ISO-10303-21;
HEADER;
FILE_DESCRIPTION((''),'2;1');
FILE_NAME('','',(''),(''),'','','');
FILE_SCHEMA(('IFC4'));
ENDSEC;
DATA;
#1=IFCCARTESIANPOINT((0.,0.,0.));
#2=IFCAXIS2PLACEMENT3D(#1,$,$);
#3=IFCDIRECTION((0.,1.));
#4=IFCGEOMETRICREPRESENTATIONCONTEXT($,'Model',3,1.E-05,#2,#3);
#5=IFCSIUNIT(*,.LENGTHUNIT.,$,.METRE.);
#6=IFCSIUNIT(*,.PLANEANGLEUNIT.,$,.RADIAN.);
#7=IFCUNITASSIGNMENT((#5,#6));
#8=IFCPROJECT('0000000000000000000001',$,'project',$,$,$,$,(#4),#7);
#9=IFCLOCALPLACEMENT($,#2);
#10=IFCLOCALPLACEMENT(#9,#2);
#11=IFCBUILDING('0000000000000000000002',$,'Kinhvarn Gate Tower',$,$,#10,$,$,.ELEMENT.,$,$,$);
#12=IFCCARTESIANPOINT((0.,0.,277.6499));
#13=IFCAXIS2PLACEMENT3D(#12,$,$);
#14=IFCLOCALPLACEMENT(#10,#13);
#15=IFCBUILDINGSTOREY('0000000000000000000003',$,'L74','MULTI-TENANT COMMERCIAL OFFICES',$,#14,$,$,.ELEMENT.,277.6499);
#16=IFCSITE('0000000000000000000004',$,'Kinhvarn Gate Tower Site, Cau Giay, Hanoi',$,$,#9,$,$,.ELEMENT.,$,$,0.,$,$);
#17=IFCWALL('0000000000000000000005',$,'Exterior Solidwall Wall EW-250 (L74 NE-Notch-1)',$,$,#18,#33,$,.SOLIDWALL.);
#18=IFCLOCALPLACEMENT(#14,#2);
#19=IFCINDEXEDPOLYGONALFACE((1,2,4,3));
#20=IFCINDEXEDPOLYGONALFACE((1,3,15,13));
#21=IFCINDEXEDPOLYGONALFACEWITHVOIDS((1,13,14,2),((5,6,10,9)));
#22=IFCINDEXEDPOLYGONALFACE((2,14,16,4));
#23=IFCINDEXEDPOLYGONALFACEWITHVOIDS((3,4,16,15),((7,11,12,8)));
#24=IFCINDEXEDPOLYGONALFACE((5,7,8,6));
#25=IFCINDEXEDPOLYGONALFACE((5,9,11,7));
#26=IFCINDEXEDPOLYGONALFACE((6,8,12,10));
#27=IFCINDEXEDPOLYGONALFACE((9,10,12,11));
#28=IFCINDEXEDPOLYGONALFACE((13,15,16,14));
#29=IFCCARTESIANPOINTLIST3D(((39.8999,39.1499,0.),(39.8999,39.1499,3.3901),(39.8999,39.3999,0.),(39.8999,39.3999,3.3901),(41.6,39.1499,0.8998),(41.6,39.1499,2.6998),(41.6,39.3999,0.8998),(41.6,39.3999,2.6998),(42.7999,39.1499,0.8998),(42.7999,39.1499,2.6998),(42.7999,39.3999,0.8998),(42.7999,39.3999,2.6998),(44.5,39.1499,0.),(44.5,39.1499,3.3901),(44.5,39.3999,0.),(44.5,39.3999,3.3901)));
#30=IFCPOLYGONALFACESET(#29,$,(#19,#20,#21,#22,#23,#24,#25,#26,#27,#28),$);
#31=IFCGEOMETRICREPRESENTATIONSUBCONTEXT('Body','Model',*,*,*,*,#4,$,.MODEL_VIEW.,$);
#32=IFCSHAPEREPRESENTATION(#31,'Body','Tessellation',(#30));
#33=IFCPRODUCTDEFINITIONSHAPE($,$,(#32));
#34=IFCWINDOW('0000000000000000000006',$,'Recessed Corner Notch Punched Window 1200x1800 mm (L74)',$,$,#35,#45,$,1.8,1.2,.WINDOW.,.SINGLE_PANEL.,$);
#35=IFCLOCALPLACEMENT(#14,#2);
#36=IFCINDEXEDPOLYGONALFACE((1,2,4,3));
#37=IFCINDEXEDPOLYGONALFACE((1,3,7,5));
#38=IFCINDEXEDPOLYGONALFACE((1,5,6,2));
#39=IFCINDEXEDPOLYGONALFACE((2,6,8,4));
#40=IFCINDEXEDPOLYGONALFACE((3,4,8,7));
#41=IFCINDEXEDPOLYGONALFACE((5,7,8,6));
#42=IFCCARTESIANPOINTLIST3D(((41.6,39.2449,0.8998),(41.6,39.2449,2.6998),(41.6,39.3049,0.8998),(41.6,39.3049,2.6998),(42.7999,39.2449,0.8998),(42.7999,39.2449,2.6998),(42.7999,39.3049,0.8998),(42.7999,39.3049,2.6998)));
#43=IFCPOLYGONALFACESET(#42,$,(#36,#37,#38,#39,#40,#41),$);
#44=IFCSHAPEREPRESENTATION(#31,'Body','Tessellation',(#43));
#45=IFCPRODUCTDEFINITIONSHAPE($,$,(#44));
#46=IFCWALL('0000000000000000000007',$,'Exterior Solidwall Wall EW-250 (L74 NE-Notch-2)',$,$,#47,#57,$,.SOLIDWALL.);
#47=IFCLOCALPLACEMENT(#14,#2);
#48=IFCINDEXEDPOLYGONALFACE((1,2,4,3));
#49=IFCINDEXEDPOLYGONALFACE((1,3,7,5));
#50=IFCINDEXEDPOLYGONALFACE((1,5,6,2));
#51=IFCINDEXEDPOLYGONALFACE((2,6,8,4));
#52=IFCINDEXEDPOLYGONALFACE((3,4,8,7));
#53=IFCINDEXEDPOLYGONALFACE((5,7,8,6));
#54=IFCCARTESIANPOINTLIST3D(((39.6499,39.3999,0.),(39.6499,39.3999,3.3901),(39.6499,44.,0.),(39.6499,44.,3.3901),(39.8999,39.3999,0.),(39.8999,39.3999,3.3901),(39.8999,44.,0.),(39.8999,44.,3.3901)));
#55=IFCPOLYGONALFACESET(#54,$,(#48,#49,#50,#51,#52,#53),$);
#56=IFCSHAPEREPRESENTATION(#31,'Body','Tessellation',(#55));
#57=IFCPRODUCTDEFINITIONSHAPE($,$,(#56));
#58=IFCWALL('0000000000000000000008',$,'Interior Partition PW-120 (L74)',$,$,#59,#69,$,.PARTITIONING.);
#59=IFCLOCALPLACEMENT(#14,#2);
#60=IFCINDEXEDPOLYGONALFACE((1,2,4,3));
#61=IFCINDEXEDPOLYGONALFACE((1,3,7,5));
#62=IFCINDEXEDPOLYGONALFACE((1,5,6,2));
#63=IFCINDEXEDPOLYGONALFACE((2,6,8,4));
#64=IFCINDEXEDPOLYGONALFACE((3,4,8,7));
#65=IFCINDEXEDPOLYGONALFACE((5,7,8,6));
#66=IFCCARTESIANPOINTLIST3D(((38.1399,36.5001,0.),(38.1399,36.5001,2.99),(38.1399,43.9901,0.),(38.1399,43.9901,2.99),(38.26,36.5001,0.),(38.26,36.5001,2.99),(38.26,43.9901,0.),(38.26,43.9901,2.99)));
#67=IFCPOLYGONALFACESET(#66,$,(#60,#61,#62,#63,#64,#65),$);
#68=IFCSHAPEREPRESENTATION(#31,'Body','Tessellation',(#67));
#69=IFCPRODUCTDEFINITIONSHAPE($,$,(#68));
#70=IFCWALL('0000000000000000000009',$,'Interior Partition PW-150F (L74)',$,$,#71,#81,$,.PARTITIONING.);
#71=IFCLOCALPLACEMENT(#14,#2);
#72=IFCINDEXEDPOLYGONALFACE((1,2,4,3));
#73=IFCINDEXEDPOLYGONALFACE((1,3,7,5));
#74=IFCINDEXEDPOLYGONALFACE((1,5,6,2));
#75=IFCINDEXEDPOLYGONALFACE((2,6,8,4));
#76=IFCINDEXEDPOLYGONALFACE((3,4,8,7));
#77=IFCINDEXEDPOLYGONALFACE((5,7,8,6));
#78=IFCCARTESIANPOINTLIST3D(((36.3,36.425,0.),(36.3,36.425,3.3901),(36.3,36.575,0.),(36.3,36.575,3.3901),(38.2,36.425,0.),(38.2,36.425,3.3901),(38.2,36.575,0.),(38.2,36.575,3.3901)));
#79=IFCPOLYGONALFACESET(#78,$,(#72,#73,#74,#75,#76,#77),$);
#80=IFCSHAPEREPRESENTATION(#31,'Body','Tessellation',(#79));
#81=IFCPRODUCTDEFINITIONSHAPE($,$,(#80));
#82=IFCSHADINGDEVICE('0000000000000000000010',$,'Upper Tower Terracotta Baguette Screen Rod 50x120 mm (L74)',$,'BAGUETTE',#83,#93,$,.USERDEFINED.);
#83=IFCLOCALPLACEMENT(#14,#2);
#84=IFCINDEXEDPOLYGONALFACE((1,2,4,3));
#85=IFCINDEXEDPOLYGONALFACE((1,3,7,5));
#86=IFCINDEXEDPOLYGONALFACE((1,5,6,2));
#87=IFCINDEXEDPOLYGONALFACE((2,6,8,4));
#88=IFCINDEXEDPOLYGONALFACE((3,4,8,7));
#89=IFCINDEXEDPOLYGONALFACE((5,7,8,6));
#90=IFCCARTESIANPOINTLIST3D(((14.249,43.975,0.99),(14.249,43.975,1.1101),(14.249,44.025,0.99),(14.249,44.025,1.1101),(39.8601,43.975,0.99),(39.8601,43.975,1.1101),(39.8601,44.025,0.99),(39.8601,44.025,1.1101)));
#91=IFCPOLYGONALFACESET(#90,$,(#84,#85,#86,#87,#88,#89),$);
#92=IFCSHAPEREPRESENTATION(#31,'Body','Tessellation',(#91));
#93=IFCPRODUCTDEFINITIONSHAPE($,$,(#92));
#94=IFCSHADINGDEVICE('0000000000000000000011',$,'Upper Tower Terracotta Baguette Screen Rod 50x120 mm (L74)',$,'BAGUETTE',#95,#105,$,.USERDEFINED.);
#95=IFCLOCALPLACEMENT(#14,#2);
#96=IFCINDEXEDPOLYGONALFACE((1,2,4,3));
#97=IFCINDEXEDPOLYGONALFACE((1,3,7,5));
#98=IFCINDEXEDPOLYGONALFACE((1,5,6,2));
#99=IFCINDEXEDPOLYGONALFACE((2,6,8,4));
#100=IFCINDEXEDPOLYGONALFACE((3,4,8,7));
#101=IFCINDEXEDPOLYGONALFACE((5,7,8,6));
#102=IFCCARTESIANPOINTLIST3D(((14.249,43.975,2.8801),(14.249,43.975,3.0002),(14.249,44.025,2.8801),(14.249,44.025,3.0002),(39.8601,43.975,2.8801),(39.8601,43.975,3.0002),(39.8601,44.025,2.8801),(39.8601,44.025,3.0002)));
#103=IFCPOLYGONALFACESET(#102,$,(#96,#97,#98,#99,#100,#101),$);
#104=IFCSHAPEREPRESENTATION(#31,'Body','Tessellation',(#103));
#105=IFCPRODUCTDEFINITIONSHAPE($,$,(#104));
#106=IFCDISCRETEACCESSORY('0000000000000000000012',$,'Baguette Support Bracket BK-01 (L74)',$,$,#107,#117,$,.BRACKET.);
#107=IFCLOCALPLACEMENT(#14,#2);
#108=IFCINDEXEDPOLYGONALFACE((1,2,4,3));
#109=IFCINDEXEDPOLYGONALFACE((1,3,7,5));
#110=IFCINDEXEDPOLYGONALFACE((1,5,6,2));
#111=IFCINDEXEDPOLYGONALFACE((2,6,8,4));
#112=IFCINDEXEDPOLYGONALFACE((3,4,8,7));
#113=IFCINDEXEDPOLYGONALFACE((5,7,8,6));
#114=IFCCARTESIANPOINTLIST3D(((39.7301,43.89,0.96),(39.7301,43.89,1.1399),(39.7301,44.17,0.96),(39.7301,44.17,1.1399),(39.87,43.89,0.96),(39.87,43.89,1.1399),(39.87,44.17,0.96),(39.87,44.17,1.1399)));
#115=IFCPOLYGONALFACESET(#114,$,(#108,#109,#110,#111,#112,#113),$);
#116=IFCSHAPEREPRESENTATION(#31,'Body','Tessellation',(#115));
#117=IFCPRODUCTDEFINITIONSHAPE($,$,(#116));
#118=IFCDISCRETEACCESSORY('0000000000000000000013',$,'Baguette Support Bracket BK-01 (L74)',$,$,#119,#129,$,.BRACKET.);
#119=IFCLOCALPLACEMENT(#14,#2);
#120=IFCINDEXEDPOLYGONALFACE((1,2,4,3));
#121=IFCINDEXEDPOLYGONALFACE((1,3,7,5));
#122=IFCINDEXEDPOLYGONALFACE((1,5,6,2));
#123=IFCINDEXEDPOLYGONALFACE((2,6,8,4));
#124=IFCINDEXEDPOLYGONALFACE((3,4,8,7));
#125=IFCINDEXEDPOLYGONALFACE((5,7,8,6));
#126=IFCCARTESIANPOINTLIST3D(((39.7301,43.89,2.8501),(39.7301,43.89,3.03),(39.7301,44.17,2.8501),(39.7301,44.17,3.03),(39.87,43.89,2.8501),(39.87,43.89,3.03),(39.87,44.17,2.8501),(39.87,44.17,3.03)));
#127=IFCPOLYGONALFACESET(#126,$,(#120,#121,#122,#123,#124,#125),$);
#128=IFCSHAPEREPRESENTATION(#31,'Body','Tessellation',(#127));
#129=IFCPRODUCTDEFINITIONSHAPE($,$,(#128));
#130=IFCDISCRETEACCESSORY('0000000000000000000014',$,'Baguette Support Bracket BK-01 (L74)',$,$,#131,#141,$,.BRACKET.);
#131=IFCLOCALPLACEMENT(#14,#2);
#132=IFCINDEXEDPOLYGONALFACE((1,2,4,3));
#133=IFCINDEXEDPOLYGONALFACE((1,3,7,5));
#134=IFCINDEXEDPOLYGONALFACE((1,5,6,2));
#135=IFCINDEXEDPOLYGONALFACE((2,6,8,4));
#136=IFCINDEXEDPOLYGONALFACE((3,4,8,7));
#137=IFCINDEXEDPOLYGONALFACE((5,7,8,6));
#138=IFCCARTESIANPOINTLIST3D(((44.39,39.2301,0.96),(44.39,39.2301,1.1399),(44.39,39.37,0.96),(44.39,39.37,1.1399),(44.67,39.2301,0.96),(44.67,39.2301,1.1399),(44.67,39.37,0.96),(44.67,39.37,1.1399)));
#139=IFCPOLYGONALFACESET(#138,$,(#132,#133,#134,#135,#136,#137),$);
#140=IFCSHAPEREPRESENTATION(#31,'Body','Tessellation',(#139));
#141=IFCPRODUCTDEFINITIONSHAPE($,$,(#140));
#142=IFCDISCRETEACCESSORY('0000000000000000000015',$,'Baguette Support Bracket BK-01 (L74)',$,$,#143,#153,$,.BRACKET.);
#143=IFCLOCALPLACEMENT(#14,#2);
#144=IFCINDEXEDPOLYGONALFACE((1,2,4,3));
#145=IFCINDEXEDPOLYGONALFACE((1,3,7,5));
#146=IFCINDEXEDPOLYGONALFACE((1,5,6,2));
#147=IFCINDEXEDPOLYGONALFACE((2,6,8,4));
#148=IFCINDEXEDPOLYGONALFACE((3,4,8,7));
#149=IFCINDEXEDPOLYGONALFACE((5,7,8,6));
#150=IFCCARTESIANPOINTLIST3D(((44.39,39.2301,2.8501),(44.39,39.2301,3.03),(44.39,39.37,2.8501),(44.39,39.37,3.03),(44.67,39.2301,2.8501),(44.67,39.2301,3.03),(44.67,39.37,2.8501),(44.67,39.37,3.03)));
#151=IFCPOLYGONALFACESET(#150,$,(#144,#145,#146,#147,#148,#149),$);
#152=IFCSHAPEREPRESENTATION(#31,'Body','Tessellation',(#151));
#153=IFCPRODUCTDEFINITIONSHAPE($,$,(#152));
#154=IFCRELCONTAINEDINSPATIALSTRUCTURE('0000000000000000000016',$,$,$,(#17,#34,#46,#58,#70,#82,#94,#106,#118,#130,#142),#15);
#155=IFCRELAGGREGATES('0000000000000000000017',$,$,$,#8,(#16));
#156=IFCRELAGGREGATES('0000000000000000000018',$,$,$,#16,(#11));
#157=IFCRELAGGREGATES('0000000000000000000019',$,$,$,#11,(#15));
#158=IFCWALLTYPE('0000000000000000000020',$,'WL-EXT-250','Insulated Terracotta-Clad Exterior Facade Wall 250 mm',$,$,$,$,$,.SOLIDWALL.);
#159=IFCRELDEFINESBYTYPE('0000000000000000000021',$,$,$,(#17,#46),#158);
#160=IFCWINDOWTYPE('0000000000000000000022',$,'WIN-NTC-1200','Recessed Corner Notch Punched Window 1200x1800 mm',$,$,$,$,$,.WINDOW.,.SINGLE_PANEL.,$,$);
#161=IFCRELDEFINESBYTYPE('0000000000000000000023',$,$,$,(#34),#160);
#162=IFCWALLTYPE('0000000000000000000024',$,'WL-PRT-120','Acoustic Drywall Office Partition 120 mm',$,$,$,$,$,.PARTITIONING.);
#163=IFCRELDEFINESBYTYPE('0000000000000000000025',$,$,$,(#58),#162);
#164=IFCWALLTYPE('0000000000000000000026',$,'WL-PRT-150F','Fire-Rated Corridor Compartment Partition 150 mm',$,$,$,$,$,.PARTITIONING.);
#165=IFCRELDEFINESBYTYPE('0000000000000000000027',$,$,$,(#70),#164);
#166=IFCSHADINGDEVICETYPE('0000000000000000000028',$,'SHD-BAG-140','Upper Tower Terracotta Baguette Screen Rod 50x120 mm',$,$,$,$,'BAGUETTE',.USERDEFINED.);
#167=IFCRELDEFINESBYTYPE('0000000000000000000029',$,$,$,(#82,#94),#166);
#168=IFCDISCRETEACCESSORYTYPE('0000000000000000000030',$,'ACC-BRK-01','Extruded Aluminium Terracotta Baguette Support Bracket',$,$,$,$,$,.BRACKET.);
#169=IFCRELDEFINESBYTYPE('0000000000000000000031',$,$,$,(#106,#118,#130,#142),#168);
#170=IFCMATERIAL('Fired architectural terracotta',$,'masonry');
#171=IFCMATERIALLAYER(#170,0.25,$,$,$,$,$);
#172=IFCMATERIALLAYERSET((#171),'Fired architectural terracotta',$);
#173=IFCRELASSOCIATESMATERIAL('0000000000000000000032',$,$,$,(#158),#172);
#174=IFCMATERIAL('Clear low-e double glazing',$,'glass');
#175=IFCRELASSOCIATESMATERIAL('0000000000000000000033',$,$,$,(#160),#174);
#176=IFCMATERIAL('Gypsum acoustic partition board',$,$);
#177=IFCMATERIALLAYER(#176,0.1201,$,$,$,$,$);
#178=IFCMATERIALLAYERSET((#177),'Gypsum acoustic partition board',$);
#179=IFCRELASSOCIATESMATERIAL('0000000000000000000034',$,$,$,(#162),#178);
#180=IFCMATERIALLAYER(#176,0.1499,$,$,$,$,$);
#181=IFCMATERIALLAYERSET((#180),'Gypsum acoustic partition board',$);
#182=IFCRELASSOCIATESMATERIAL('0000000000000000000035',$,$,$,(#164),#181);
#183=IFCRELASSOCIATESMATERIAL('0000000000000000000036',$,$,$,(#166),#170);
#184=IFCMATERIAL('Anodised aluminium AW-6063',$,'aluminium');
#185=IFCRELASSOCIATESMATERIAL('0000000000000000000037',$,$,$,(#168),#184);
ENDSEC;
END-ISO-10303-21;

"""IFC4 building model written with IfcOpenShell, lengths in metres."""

from ifc_helpers import new_model, si_unit, direction, frame, frame_2d, origin, origin_2d, place, context, subcontext, project, spatial, rectangle, extrude, material, layer, layer_set, material_profile, profile_set, type_object, element, fill, save


model = new_model("IFC4")

# Units and contexts
model_context = context("Model", 3, precision=1e-05, world=origin(), true_north=direction((0.0, 1.0)))
body_context = subcontext(model_context, "Body", "Model", "MODEL_VIEW")
ifc_project = project(units=[si_unit("LENGTHUNIT", "METRE"), si_unit("PLANEANGLEUNIT", "RADIAN")], contexts=[model_context])

# Site, building, storey
site_placement = place(None, origin())
site = spatial("IfcSite", under=ifc_project, at=site_placement, Name="Kinhvarn Gate Tower Site, Cau Giay, Hanoi", CompositionType="ELEMENT", RefElevation=0.0)
building_placement = place(site_placement, origin())
building = spatial("IfcBuilding", under=site, at=building_placement, Name="Kinhvarn Gate Tower", CompositionType="ELEMENT")
storey_placement = place(building_placement, frame((0.0, 0.0, 277.6499)))
storey = spatial("IfcBuildingStorey", under=building, at=storey_placement, Name="L74", Description="MULTI-TENANT COMMERCIAL OFFICES", CompositionType="ELEMENT", Elevation=277.6499)

# Shared definitions
ifc_material_1 = material(Name="Anodised aluminium AW-6063", Category="aluminium")

# Shared definitions
ifc_material_2 = material(Name="Clear low-e double glazing", Category="glass")

# Wall, opening, window
ifc_material_3 = material(Name="Fired architectural terracotta", Category="masonry")
ifc_layer_1 = layer(ifc_material_3, 0.25)
ifc_layer_set_1 = layer_set([ifc_layer_1], Name="Fired architectural terracotta")
wall_type_1 = type_object("IfcWallType", Name="WL-EXT-250", Description="Insulated Terracotta-Clad Exterior Facade Wall 250 mm", PredefinedType="SOLIDWALL", material=ifc_layer_set_1)
wall_1_placement = place(storey_placement, frame((44.5, 39.2749, 0.0), z_axis=(0.0, 0.0, 1.0), x_axis=(-1.0, 0.0, 0.0)))
wall_1 = element("IfcWall", 1, at=wall_1_placement, inside=storey, type_object=wall_type_1, Name="Exterior Solidwall Wall EW-250 (L74 NE-Notch-1)", PredefinedType="SOLIDWALL", context=body_context, shape_type="SweptSolid", body=[
    extrude(rectangle(XDim=4.6001, YDim=0.25, at=frame_2d((2.3, 0.0))), origin(), (0.0, 0.0, 1.0), 3.3901),
])
opening_placement = place(wall_1_placement, frame((1.7, 0.0, 0.8999)))
opening = element("IfcOpeningElement", 2, at=opening_placement, cuts=wall_1, PredefinedType="OPENING", context=body_context, shape_type="SweptSolid", body=[
    extrude(rectangle(XDim=1.2, YDim=1.8, at=frame_2d((0.6001, 0.8999))), frame((0.0, 0.135, 0.0), z_axis=(0.0, -1.0, 0.0), x_axis=(1.0, 0.0, 0.0)), (0.0, 0.0, 1.0), 0.27),
])
window_type = type_object("IfcWindowType", Name="WIN-NTC-1200", Description="Recessed Corner Notch Punched Window 1200x1800 mm", PartitioningType="SINGLE_PANEL", PredefinedType="WINDOW", material=ifc_material_2)
window_placement = place(opening_placement, origin())
window = element("IfcWindow", 3, at=window_placement, inside=storey, type_object=window_type, Name="Recessed Corner Notch Punched Window 1200x1800 mm (L74)", OverallHeight=1.8, OverallWidth=1.2, PartitioningType="SINGLE_PANEL", PredefinedType="WINDOW", context=body_context, shape_type="SweptSolid", body=[
    extrude(rectangle(XDim=1.2, YDim=1.8, at=frame_2d((0.6001, 0.8999))), frame((0.0, 0.03, 0.0), z_axis=(0.0, -1.0, 0.0), x_axis=(1.0, 0.0, 0.0)), (0.0, 0.0, 1.0), 0.0601),
])
fill(opening, window)

# Walls
wall_2_placement = place(storey_placement, frame((39.7749, 39.3999, 0.0), z_axis=(0.0, 0.0, 1.0), x_axis=(0.0, 1.0, 0.0)))
element("IfcWall", 4, at=wall_2_placement, inside=storey, type_object=wall_type_1, Name="Exterior Solidwall Wall EW-250 (L74 NE-Notch-2)", PredefinedType="SOLIDWALL", context=body_context, shape_type="SweptSolid", body=[
    extrude(rectangle(XDim=4.6001, YDim=0.25, at=frame_2d((2.3, 0.0))), origin(), (0.0, 0.0, 1.0), 3.3901),
])
ifc_material_4 = material(Name="Gypsum acoustic partition board")
ifc_layer_2 = layer(ifc_material_4, 0.1201)
ifc_layer_set_2 = layer_set([ifc_layer_2], Name="Gypsum acoustic partition board")
wall_type_2 = type_object("IfcWallType", Name="WL-PRT-120", Description="Acoustic Drywall Office Partition 120 mm", PredefinedType="PARTITIONING", material=ifc_layer_set_2)
wall_3_placement = place(storey_placement, frame((38.2, 36.5, 0.0), z_axis=(0.0, 0.0, 1.0), x_axis=(0.0, 1.0, 0.0)))
element("IfcWall", 5, at=wall_3_placement, inside=storey, type_object=wall_type_2, Name="Interior Partition PW-120 (L74)", PredefinedType="PARTITIONING", context=body_context, shape_type="SweptSolid", body=[
    extrude(rectangle(XDim=7.49, YDim=0.1201, at=frame_2d((3.7451, 0.0))), origin(), (0.0, 0.0, 1.0), 2.99),
])
ifc_layer_3 = layer(ifc_material_4, 0.1499)
ifc_layer_set_3 = layer_set([ifc_layer_3], Name="Gypsum acoustic partition board")
wall_type_3 = type_object("IfcWallType", Name="WL-PRT-150F", Description="Fire-Rated Corridor Compartment Partition 150 mm", PredefinedType="PARTITIONING", material=ifc_layer_set_3)
wall_4_placement = place(storey_placement, frame((36.3, 36.5, 0.0), z_axis=(0.0, 0.0, 1.0), x_axis=(1.0, 0.0, 0.0)))
element("IfcWall", 6, at=wall_4_placement, inside=storey, type_object=wall_type_3, Name="Interior Partition PW-150F (L74)", PredefinedType="PARTITIONING", context=body_context, shape_type="SweptSolid", body=[
    extrude(rectangle(XDim=1.8999, YDim=0.1499, at=frame_2d((0.95, 0.0))), origin(), (0.0, 0.0, 1.0), 3.3901),
])

# Shading devices
ifc_material_profile_1 = material_profile(ifc_material_3, rectangle(XDim=0.05, YDim=0.1201, at=origin_2d()), Name="TC 50x120")
ifc_profile_set_1 = profile_set([ifc_material_profile_1], Name="Fired architectural terracotta")
shading_device_type = type_object("IfcShadingDeviceType", Name="SHD-BAG-140", Description="Upper Tower Terracotta Baguette Screen Rod 50x120 mm", ElementType="BAGUETTE", PredefinedType="USERDEFINED", material=ifc_profile_set_1)
for number, where, z_axis, x_axis, name in (
    (7, (39.8601, 44.0, 1.05), (-1.0, 0.0, 0.0), (0.0, -1.0, 0.0), "Upper Tower Terracotta Baguette Screen Rod 50x120 mm (L74)"),
    (8, (39.8601, 44.0, 2.9402), (-1.0, 0.0, 0.0), (0.0, -1.0, 0.0), "Upper Tower Terracotta Baguette Screen Rod 50x120 mm (L74)"),
):
    element("IfcShadingDevice", number, at=place(storey_placement, frame(where, z_axis=z_axis, x_axis=x_axis)), inside=storey, type_object=shading_device_type, Name=name, ObjectType="BAGUETTE", PredefinedType="USERDEFINED", context=body_context, shape_type="SweptSolid", body=[
        extrude(rectangle(XDim=0.05, YDim=0.1201, at=origin_2d()), origin(), (0.0, 0.0, 1.0), 25.6111),
    ])

# Discrete accessories
discrete_accessory_type = type_object("IfcDiscreteAccessoryType", Name="ACC-BRK-01", Description="Extruded Aluminium Terracotta Baguette Support Bracket", PredefinedType="BRACKET", material=ifc_material_1)
for number, where, z_axis, x_axis, name in (
    (9, (39.8, 44.03, 0.96), (0.0, 0.0, 1.0), (-1.0, 0.0, 0.0), "Baguette Support Bracket BK-01 (L74)"),
    (10, (39.8, 44.03, 2.8501), (0.0, 0.0, 1.0), (-1.0, 0.0, 0.0), "Baguette Support Bracket BK-01 (L74)"),
    (11, (44.53, 39.3, 0.96), (0.0, 0.0, 1.0), (0.0, 1.0, 0.0), "Baguette Support Bracket BK-01 (L74)"),
    (12, (44.53, 39.3, 2.8501), (0.0, 0.0, 1.0), (0.0, 1.0, 0.0), "Baguette Support Bracket BK-01 (L74)"),
):
    element("IfcDiscreteAccessory", number, at=place(storey_placement, frame(where, z_axis=z_axis, x_axis=x_axis)), inside=storey, type_object=discrete_accessory_type, Name=name, PredefinedType="BRACKET", context=body_context, shape_type="SweptSolid", body=[
        extrude(rectangle(XDim=0.1399, YDim=0.28, at=origin_2d()), origin(), (0.0, 0.0, 1.0), 0.1799),
    ])

save(model, "model.ifc")
